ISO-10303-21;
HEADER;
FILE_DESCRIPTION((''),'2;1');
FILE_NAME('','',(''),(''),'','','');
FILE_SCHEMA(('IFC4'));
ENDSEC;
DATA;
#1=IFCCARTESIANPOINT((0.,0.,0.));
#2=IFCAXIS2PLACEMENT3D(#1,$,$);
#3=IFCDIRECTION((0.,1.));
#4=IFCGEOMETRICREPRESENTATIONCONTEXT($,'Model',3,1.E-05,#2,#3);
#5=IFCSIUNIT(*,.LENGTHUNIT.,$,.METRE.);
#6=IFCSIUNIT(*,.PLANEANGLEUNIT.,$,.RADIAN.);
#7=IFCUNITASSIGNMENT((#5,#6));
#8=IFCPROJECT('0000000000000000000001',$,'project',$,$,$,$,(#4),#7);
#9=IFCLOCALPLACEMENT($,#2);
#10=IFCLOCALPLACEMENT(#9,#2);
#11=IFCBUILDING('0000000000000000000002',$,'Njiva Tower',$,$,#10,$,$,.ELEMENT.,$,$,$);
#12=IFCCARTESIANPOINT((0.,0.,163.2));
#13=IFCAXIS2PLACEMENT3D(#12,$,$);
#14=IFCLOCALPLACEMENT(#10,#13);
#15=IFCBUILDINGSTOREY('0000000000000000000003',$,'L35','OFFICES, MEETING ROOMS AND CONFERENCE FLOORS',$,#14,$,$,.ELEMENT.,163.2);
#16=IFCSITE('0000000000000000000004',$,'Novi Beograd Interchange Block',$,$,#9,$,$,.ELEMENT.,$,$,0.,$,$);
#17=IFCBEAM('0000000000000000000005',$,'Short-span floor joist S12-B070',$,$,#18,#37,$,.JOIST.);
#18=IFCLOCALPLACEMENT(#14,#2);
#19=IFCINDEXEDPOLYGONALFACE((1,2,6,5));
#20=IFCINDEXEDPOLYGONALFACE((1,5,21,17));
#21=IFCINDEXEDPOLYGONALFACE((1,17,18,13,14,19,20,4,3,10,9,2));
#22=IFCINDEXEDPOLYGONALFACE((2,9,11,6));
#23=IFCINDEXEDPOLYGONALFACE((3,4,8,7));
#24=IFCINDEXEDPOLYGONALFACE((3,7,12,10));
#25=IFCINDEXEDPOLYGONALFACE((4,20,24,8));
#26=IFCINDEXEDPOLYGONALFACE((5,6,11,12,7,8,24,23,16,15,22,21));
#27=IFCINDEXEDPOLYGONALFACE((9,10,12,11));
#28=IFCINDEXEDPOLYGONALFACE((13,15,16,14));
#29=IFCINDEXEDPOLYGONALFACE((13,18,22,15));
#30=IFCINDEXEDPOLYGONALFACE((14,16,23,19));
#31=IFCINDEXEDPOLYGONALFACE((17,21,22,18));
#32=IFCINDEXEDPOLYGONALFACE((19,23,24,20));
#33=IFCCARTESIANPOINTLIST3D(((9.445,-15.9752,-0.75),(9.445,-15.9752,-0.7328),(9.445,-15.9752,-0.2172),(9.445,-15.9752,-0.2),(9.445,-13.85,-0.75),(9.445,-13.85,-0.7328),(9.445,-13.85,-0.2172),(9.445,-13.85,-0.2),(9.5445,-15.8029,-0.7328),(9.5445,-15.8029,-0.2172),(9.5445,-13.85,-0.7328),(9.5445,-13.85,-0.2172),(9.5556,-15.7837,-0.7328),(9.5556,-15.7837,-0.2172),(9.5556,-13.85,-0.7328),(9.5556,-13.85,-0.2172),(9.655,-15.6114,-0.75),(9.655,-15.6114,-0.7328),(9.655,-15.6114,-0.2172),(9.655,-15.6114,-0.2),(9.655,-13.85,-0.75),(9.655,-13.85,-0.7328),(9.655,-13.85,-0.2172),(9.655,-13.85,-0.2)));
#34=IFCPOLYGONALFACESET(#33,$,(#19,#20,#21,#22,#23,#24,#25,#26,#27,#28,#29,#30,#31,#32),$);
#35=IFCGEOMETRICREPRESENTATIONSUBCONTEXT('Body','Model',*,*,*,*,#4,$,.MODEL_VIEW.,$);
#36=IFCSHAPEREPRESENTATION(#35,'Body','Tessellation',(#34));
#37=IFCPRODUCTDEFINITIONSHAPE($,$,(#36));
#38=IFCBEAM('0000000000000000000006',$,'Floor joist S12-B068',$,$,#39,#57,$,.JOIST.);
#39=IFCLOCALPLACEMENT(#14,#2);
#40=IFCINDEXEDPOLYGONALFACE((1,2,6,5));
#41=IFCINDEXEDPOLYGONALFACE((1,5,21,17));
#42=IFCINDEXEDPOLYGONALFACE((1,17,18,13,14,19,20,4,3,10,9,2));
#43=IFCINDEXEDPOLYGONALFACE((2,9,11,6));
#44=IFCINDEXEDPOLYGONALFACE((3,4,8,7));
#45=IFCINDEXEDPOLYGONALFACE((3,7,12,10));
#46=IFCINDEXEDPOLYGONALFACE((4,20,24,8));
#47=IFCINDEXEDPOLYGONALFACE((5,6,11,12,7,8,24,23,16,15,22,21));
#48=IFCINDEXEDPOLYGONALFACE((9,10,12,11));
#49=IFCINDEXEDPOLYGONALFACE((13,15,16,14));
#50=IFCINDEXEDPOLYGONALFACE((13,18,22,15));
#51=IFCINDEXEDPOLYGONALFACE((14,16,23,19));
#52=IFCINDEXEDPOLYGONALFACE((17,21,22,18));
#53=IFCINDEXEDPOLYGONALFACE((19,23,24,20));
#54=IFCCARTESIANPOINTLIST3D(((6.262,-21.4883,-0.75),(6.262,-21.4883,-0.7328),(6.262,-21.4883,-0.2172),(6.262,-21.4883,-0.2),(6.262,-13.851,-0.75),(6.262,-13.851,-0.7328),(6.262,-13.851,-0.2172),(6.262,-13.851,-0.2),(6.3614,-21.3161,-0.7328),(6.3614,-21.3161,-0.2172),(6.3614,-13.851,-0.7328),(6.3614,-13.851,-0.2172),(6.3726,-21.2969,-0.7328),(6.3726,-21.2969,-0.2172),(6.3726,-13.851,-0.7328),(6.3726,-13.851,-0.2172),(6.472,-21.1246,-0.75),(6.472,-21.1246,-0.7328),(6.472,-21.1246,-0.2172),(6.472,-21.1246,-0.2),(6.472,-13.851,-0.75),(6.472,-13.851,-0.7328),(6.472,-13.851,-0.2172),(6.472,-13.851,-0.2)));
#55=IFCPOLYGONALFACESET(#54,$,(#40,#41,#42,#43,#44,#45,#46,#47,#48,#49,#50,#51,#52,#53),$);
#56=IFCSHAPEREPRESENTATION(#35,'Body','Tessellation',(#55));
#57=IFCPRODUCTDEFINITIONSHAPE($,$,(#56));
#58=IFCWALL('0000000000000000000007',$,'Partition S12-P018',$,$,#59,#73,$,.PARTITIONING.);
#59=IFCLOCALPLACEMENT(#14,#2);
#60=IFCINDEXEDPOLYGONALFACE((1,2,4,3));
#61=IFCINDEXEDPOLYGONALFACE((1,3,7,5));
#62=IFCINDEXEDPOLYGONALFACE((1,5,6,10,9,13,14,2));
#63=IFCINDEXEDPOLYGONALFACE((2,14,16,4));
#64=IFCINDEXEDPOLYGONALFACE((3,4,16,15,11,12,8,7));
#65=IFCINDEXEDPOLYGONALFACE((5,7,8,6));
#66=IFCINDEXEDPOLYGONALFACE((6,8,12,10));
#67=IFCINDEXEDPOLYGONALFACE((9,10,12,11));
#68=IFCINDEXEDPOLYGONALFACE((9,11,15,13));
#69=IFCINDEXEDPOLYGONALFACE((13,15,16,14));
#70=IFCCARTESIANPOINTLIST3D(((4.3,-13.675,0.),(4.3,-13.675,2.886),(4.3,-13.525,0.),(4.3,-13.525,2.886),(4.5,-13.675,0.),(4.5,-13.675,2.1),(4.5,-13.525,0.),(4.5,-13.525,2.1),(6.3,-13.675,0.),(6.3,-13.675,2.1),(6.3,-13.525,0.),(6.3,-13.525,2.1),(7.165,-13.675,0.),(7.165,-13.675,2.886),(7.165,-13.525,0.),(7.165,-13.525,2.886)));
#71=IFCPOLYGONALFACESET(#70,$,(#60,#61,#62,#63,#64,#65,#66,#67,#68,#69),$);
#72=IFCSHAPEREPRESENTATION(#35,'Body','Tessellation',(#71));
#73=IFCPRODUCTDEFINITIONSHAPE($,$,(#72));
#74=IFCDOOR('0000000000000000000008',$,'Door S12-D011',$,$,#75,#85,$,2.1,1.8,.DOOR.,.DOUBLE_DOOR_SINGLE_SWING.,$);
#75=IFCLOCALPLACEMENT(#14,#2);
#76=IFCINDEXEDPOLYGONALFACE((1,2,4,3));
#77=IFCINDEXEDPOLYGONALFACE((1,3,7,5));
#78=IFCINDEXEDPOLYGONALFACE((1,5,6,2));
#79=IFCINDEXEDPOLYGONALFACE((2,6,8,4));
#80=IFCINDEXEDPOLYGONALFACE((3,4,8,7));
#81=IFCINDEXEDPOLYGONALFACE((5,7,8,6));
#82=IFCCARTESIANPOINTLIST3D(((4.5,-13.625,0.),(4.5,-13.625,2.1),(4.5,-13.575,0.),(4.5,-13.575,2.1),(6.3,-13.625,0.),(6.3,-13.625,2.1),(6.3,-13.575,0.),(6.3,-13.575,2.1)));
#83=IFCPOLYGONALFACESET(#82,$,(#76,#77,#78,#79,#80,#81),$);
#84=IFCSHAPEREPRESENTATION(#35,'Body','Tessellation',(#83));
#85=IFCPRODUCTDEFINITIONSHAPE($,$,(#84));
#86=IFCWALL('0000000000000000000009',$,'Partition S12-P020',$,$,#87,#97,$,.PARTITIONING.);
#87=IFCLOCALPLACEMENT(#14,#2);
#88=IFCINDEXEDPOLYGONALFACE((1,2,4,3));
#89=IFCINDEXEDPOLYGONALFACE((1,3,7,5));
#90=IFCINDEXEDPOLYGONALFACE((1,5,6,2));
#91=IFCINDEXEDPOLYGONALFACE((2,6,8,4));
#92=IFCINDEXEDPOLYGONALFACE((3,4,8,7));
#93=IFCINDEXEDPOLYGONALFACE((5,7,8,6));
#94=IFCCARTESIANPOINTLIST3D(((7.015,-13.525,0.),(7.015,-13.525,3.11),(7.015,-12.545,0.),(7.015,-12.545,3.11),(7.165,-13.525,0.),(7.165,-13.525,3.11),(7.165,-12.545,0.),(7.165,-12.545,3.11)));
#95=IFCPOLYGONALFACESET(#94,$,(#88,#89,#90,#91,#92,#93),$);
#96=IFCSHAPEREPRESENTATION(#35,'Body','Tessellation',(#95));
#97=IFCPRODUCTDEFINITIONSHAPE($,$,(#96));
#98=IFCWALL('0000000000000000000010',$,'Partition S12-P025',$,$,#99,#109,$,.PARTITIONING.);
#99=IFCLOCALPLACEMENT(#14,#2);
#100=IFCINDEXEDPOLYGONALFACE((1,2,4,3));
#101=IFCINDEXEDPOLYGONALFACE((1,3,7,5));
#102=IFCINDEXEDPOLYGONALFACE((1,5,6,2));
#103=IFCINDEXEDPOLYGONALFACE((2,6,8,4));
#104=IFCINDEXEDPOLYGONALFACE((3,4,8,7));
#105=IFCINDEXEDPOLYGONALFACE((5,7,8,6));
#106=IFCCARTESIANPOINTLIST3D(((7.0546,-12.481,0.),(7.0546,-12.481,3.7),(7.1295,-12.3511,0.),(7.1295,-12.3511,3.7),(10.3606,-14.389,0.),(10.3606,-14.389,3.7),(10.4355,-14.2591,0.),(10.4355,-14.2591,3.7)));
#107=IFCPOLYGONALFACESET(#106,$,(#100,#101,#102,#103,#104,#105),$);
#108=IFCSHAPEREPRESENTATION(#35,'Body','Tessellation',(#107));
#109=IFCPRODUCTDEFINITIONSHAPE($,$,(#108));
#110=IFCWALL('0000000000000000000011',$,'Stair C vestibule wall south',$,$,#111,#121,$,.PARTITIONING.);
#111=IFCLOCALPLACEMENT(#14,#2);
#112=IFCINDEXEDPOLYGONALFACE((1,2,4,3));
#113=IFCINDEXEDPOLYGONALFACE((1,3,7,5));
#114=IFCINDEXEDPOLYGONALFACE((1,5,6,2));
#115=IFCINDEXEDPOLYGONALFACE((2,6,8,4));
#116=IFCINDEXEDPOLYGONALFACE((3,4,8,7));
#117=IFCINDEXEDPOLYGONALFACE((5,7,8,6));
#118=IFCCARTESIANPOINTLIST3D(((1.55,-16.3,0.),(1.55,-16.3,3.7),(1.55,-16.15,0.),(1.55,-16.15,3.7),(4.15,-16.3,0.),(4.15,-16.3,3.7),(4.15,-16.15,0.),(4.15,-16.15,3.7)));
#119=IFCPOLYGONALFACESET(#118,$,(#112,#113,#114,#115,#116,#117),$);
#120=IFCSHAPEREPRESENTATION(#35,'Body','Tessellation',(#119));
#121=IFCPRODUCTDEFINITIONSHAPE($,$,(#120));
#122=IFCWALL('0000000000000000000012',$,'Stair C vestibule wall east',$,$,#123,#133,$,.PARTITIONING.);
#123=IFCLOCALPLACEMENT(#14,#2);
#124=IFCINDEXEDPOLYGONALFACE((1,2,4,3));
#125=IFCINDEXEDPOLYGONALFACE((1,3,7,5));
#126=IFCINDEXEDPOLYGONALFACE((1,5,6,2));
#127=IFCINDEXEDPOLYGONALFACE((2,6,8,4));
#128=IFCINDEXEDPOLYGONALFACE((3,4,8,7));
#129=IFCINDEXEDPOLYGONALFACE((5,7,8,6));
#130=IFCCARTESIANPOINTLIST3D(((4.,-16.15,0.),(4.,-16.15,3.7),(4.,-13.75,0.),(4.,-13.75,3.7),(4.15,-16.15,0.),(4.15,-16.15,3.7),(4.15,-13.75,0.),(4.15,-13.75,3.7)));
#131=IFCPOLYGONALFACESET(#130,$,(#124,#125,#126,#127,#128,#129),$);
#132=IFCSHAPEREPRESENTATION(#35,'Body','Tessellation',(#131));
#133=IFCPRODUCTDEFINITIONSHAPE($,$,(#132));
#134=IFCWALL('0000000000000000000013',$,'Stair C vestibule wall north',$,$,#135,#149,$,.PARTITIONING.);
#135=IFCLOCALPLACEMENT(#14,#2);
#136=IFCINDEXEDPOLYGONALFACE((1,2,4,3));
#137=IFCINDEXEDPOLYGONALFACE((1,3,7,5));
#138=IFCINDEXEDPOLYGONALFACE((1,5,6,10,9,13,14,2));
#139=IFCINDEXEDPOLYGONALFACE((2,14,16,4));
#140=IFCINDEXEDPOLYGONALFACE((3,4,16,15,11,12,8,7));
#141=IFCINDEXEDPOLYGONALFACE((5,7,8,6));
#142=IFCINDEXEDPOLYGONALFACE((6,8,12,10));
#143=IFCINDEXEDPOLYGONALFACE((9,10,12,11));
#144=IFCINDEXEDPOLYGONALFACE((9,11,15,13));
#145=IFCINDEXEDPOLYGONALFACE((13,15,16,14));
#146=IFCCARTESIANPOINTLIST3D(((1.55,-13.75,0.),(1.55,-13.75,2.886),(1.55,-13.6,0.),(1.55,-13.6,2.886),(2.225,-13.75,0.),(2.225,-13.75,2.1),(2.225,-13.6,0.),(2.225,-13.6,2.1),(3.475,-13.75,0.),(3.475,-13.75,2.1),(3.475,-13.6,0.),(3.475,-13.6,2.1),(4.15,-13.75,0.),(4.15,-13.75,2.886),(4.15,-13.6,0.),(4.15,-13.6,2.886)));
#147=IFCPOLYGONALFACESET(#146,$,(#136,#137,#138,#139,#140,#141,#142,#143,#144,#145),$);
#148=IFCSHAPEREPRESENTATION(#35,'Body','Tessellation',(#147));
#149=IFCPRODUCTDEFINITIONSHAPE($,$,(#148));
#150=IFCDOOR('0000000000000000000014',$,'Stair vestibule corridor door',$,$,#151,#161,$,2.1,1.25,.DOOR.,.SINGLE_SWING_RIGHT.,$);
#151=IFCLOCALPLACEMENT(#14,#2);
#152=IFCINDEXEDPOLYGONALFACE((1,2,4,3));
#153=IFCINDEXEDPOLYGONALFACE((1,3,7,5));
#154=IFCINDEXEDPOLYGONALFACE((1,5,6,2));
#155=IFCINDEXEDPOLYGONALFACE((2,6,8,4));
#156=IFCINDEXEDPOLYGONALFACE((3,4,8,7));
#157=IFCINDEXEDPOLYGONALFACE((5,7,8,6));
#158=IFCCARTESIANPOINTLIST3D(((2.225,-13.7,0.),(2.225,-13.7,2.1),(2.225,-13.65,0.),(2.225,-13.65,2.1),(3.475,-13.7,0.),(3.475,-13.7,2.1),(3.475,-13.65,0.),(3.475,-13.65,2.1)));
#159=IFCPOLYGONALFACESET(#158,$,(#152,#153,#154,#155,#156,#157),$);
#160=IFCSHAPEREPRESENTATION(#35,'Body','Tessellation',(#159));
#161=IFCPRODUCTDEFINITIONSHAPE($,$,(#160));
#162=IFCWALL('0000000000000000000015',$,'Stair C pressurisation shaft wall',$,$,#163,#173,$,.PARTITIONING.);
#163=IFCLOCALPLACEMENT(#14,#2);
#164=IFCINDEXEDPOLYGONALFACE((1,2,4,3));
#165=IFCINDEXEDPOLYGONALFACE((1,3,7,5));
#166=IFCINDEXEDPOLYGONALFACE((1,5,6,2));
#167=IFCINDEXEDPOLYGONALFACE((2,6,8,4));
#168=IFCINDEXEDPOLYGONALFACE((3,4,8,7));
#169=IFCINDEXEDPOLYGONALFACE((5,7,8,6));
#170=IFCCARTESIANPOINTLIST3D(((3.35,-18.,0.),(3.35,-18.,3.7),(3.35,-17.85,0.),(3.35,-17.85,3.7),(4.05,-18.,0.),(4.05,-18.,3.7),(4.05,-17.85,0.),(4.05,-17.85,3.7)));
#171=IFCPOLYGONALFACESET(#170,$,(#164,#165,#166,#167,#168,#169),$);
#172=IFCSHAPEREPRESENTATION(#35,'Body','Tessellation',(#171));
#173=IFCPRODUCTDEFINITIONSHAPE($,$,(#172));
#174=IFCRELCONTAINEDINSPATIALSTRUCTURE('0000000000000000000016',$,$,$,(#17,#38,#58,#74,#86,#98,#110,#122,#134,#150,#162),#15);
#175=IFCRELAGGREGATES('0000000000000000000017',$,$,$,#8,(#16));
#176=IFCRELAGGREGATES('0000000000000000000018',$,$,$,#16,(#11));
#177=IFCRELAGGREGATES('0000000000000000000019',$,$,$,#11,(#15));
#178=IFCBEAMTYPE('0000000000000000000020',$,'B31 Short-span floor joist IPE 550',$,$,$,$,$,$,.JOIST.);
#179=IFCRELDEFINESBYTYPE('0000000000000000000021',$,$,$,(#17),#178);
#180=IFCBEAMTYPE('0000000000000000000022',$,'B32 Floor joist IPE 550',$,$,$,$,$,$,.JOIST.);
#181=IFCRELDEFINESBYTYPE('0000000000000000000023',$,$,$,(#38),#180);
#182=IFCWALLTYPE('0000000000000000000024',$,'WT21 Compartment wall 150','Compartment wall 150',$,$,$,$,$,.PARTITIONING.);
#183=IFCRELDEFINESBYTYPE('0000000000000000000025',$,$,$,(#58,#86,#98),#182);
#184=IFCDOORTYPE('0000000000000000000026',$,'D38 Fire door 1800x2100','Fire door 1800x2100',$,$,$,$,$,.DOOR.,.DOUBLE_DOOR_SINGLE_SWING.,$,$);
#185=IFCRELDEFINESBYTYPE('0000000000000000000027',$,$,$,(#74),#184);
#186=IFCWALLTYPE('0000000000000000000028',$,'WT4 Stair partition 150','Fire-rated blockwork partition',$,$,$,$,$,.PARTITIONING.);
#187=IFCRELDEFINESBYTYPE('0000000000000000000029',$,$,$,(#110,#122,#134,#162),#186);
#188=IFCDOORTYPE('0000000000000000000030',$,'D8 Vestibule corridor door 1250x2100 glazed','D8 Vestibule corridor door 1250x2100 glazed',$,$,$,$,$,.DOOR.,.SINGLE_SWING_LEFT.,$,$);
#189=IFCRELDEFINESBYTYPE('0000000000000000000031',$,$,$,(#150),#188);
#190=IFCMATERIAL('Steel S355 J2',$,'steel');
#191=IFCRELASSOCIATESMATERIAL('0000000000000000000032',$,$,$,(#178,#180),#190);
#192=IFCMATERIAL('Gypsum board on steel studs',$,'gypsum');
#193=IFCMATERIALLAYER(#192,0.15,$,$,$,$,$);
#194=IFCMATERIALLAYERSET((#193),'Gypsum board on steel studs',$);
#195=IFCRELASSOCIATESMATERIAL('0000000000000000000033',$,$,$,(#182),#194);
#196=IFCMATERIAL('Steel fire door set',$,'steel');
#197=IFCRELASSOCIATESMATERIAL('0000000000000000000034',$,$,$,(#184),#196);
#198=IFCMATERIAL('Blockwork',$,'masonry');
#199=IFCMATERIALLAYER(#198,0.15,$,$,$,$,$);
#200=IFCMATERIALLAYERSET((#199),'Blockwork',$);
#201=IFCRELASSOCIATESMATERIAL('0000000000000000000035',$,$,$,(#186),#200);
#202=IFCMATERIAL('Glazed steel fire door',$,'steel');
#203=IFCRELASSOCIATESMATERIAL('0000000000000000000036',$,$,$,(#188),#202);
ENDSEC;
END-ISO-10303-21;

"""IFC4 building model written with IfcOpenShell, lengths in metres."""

from ifc_helpers import new_model, si_unit, direction, frame, frame_2d, origin, origin_2d, place, context, subcontext, project, spatial, rectangle, i_section, extrude, clip, halfspace, material, layer, layer_set, material_profile, profile_set, type_object, element, fill, save


model = new_model("IFC4")

# Units and contexts
model_context = context("Model", 3, precision=1e-05, world=origin(), true_north=direction((0.0, 1.0)))
body_context = subcontext(model_context, "Body", "Model", "MODEL_VIEW")
ifc_project = project(units=[si_unit("LENGTHUNIT", "METRE"), si_unit("PLANEANGLEUNIT", "RADIAN")], contexts=[model_context])

# Site, building, storey
site_placement = place(None, origin())
site = spatial("IfcSite", under=ifc_project, at=site_placement, Name="Novi Beograd Interchange Block", CompositionType="ELEMENT", RefElevation=0.0)
building_placement = place(site_placement, origin())
building = spatial("IfcBuilding", under=site, at=building_placement, Name="Njiva Tower", CompositionType="ELEMENT")
storey_placement = place(building_placement, frame((0.0, 0.0, 163.2)))
storey = spatial("IfcBuildingStorey", under=building, at=storey_placement, Name="L35", Description="OFFICES, MEETING ROOMS AND CONFERENCE FLOORS", CompositionType="ELEMENT", Elevation=163.2)

# Shared definitions
ifc_material_1 = material(Name="Steel S355 J2", Category="steel")

# Beams
ifc_material_profile_1 = material_profile(ifc_material_1, i_section(OverallWidth=0.21, OverallDepth=0.55, WebThickness=0.0111, FlangeThickness=0.0172, at=origin_2d()), Name="IPE 550")
ifc_profile_set_1 = profile_set([ifc_material_profile_1], Name="Steel S355 J2")
beam_type_1 = type_object("IfcBeamType", Name="B31 Short-span floor joist IPE 550", PredefinedType="JOIST", material=ifc_profile_set_1)
beam_1_placement = place(storey_placement, frame((9.55, -13.85, -0.475), z_axis=(0.0, -1.0, 0.0), x_axis=(1.0, 0.0, 0.0)))
element("IfcBeam", 1, at=beam_1_placement, inside=storey, type_object=beam_type_1, Name="Short-span floor joist S12-B070", PredefinedType="JOIST", context=body_context, shape_type="Clipping", body=[
    clip(extrude(i_section(OverallWidth=0.21, OverallDepth=0.55, WebThickness=0.0111, FlangeThickness=0.0172, at=origin_2d()), origin(), (0.0, 0.0, 1.0), 2.145), halfspace(frame((0.0433, 0.0, 1.8683), z_axis=(0.866027, 0.0, 0.499998), x_axis=(0.0, 1.0, 0.0)), False)),
])
ifc_material_profile_2 = material_profile(ifc_material_1, i_section(OverallWidth=0.21, OverallDepth=0.55, WebThickness=0.0111, FlangeThickness=0.0172, at=origin_2d()), Name="IPE 550")
ifc_profile_set_2 = profile_set([ifc_material_profile_2], Name="Steel S355 J2")
beam_type_2 = type_object("IfcBeamType", Name="B32 Floor joist IPE 550", PredefinedType="JOIST", material=ifc_profile_set_2)
beam_2_placement = place(storey_placement, frame((6.367, -13.851, -0.475), z_axis=(0.0, -1.0, 0.0), x_axis=(1.0, 0.0, 0.0)))
element("IfcBeam", 2, at=beam_2_placement, inside=storey, type_object=beam_type_2, Name="Floor joist S12-B068", PredefinedType="JOIST", context=body_context, shape_type="Clipping", body=[
    clip(extrude(i_section(OverallWidth=0.21, OverallDepth=0.55, WebThickness=0.0111, FlangeThickness=0.0172, at=origin_2d()), origin(), (0.0, 0.0, 1.0), 7.658), halfspace(frame((0.043, 0.0, 7.381), z_axis=(0.866027, 0.0, 0.499998), x_axis=(0.0, 1.0, 0.0)), False)),
])

# Wall, opening, door
ifc_material_2 = material(Name="Gypsum board on steel studs", Category="gypsum")
ifc_layer_1 = layer(ifc_material_2, 0.15)
ifc_layer_set_1 = layer_set([ifc_layer_1], Name="Gypsum board on steel studs")
wall_type_1 = type_object("IfcWallType", Name="WT21 Compartment wall 150", Description="Compartment wall 150", PredefinedType="PARTITIONING", material=ifc_layer_set_1)
wall_1_placement = place(storey_placement, frame((4.3, -13.6, 0.0), z_axis=(0.0, 0.0, 1.0), x_axis=(1.0, 0.0, 0.0)))
wall_1 = element("IfcWall", 3, at=wall_1_placement, inside=storey, type_object=wall_type_1, Name="Partition S12-P018", PredefinedType="PARTITIONING", context=body_context, shape_type="SweptSolid", body=[
    extrude(rectangle(XDim=2.865, YDim=0.15, at=frame_2d((1.4325, 0.0))), origin(), (0.0, 0.0, 1.0), 2.886),
])
opening_1_placement = place(wall_1_placement, frame((0.2, 0.0, 0.0)))
opening_1 = element("IfcOpeningElement", 4, at=opening_1_placement, cuts=wall_1, PredefinedType="OPENING", context=body_context, shape_type="SweptSolid", body=[
    extrude(rectangle(XDim=1.8, YDim=2.1, at=frame_2d((0.9, 1.05))), frame((0.0, 0.085, 0.0), z_axis=(0.0, -1.0, 0.0), x_axis=(1.0, 0.0, 0.0)), (0.0, 0.0, 1.0), 0.17),
])
ifc_material_3 = material(Name="Steel fire door set", Category="steel")
door_type_1 = type_object("IfcDoorType", Name="D38 Fire door 1800x2100", Description="Fire door 1800x2100", OperationType="DOUBLE_DOOR_SINGLE_SWING", PredefinedType="DOOR", material=ifc_material_3)
door_1_placement = place(opening_1_placement, origin())
door_1 = element("IfcDoor", 5, at=door_1_placement, inside=storey, type_object=door_type_1, Name="Door S12-D011", OperationType="DOUBLE_DOOR_SINGLE_SWING", OverallHeight=2.1, OverallWidth=1.8, PredefinedType="DOOR", context=body_context, shape_type="SweptSolid", body=[
    extrude(rectangle(XDim=1.8, YDim=2.1, at=frame_2d((0.9, 1.05))), frame((0.0, 0.025, 0.0), z_axis=(0.0, -1.0, 0.0), x_axis=(1.0, 0.0, 0.0)), (0.0, 0.0, 1.0), 0.05),
])
fill(opening_1, door_1)

# Walls
wall_2_placement = place(storey_placement, frame((7.09, -13.525, 0.0), z_axis=(0.0, 0.0, 1.0), x_axis=(0.0, 1.0, 0.0)))
element("IfcWall", 6, at=wall_2_placement, inside=storey, type_object=wall_type_1, Name="Partition S12-P020", PredefinedType="PARTITIONING", context=body_context, shape_type="SweptSolid", body=[
    extrude(rectangle(XDim=0.98, YDim=0.15, at=frame_2d((0.49, 0.0))), origin(), (0.0, 0.0, 1.0), 3.11),
])
wall_3_placement = place(storey_placement, frame((7.092, -12.416, 0.0), z_axis=(0.0, 0.0, 1.0), x_axis=(0.866107, -0.499859, 0.0)))
element("IfcWall", 7, at=wall_3_placement, inside=storey, type_object=wall_type_1, Name="Partition S12-P025", PredefinedType="PARTITIONING", context=body_context, shape_type="SweptSolid", body=[
    extrude(rectangle(XDim=3.8171, YDim=0.15, at=frame_2d((1.9086, 0.0))), origin(), (0.0, 0.0, 1.0), 3.7),
])
ifc_material_4 = material(Name="Blockwork", Category="masonry")
ifc_layer_2 = layer(ifc_material_4, 0.15)
ifc_layer_set_2 = layer_set([ifc_layer_2], Name="Blockwork")
wall_type_2 = type_object("IfcWallType", Name="WT4 Stair partition 150", Description="Fire-rated blockwork partition", PredefinedType="PARTITIONING", material=ifc_layer_set_2)
wall_4_placement = place(storey_placement, frame((1.55, -16.225, 0.0), z_axis=(0.0, 0.0, 1.0), x_axis=(1.0, 0.0, 0.0)))
element("IfcWall", 8, at=wall_4_placement, inside=storey, type_object=wall_type_2, Name="Stair C vestibule wall south", PredefinedType="PARTITIONING", context=body_context, shape_type="SweptSolid", body=[
    extrude(rectangle(XDim=2.6, YDim=0.15, at=frame_2d((1.3, 0.0))), origin(), (0.0, 0.0, 1.0), 3.7),
])
wall_5_placement = place(storey_placement, frame((4.075, -16.15, 0.0), z_axis=(0.0, 0.0, 1.0), x_axis=(0.0, 1.0, 0.0)))
element("IfcWall", 9, at=wall_5_placement, inside=storey, type_object=wall_type_2, Name="Stair C vestibule wall east", PredefinedType="PARTITIONING", context=body_context, shape_type="SweptSolid", body=[
    extrude(rectangle(XDim=2.4, YDim=0.15, at=frame_2d((1.2, 0.0))), origin(), (0.0, 0.0, 1.0), 3.7),
])

# Wall, opening, door
wall_6_placement = place(storey_placement, frame((1.55, -13.675, 0.0), z_axis=(0.0, 0.0, 1.0), x_axis=(1.0, 0.0, 0.0)))
wall_6 = element("IfcWall", 10, at=wall_6_placement, inside=storey, type_object=wall_type_2, Name="Stair C vestibule wall north", PredefinedType="PARTITIONING", context=body_context, shape_type="SweptSolid", body=[
    extrude(rectangle(XDim=2.6, YDim=0.15, at=frame_2d((1.3, 0.0))), origin(), (0.0, 0.0, 1.0), 2.886),
])
opening_2_placement = place(wall_6_placement, frame((0.675, 0.0, 0.0)))
opening_2 = element("IfcOpeningElement", 11, at=opening_2_placement, cuts=wall_6, PredefinedType="OPENING", context=body_context, shape_type="SweptSolid", body=[
    extrude(rectangle(XDim=1.25, YDim=2.1, at=frame_2d((0.625, 1.05))), frame((0.0, 0.085, 0.0), z_axis=(0.0, -1.0, 0.0), x_axis=(1.0, 0.0, 0.0)), (0.0, 0.0, 1.0), 0.17),
])
ifc_material_5 = material(Name="Glazed steel fire door", Category="steel")
door_type_2 = type_object("IfcDoorType", Name="D8 Vestibule corridor door 1250x2100 glazed", Description="D8 Vestibule corridor door 1250x2100 glazed", OperationType="SINGLE_SWING_LEFT", PredefinedType="DOOR", material=ifc_material_5)
door_2_placement = place(opening_2_placement, origin())
door_2 = element("IfcDoor", 12, at=door_2_placement, inside=storey, type_object=door_type_2, Name="Stair vestibule corridor door", OperationType="SINGLE_SWING_RIGHT", OverallHeight=2.1, OverallWidth=1.25, PredefinedType="DOOR", context=body_context, shape_type="SweptSolid", body=[
    extrude(rectangle(XDim=1.25, YDim=2.1, at=frame_2d((0.625, 1.05))), frame((0.0, 0.025, 0.0), z_axis=(0.0, -1.0, 0.0), x_axis=(1.0, 0.0, 0.0)), (0.0, 0.0, 1.0), 0.05),
])
fill(opening_2, door_2)

# Wall
wall_7_placement = place(storey_placement, frame((3.35, -17.925, 0.0), z_axis=(0.0, 0.0, 1.0), x_axis=(1.0, 0.0, 0.0)))
element("IfcWall", 13, at=wall_7_placement, inside=storey, type_object=wall_type_2, Name="Stair C pressurisation shaft wall", PredefinedType="PARTITIONING", context=body_context, shape_type="SweptSolid", body=[
    extrude(rectangle(XDim=0.7, YDim=0.15, at=frame_2d((0.35, 0.0))), origin(), (0.0, 0.0, 1.0), 3.7),
])

save(model, "model.ifc")
